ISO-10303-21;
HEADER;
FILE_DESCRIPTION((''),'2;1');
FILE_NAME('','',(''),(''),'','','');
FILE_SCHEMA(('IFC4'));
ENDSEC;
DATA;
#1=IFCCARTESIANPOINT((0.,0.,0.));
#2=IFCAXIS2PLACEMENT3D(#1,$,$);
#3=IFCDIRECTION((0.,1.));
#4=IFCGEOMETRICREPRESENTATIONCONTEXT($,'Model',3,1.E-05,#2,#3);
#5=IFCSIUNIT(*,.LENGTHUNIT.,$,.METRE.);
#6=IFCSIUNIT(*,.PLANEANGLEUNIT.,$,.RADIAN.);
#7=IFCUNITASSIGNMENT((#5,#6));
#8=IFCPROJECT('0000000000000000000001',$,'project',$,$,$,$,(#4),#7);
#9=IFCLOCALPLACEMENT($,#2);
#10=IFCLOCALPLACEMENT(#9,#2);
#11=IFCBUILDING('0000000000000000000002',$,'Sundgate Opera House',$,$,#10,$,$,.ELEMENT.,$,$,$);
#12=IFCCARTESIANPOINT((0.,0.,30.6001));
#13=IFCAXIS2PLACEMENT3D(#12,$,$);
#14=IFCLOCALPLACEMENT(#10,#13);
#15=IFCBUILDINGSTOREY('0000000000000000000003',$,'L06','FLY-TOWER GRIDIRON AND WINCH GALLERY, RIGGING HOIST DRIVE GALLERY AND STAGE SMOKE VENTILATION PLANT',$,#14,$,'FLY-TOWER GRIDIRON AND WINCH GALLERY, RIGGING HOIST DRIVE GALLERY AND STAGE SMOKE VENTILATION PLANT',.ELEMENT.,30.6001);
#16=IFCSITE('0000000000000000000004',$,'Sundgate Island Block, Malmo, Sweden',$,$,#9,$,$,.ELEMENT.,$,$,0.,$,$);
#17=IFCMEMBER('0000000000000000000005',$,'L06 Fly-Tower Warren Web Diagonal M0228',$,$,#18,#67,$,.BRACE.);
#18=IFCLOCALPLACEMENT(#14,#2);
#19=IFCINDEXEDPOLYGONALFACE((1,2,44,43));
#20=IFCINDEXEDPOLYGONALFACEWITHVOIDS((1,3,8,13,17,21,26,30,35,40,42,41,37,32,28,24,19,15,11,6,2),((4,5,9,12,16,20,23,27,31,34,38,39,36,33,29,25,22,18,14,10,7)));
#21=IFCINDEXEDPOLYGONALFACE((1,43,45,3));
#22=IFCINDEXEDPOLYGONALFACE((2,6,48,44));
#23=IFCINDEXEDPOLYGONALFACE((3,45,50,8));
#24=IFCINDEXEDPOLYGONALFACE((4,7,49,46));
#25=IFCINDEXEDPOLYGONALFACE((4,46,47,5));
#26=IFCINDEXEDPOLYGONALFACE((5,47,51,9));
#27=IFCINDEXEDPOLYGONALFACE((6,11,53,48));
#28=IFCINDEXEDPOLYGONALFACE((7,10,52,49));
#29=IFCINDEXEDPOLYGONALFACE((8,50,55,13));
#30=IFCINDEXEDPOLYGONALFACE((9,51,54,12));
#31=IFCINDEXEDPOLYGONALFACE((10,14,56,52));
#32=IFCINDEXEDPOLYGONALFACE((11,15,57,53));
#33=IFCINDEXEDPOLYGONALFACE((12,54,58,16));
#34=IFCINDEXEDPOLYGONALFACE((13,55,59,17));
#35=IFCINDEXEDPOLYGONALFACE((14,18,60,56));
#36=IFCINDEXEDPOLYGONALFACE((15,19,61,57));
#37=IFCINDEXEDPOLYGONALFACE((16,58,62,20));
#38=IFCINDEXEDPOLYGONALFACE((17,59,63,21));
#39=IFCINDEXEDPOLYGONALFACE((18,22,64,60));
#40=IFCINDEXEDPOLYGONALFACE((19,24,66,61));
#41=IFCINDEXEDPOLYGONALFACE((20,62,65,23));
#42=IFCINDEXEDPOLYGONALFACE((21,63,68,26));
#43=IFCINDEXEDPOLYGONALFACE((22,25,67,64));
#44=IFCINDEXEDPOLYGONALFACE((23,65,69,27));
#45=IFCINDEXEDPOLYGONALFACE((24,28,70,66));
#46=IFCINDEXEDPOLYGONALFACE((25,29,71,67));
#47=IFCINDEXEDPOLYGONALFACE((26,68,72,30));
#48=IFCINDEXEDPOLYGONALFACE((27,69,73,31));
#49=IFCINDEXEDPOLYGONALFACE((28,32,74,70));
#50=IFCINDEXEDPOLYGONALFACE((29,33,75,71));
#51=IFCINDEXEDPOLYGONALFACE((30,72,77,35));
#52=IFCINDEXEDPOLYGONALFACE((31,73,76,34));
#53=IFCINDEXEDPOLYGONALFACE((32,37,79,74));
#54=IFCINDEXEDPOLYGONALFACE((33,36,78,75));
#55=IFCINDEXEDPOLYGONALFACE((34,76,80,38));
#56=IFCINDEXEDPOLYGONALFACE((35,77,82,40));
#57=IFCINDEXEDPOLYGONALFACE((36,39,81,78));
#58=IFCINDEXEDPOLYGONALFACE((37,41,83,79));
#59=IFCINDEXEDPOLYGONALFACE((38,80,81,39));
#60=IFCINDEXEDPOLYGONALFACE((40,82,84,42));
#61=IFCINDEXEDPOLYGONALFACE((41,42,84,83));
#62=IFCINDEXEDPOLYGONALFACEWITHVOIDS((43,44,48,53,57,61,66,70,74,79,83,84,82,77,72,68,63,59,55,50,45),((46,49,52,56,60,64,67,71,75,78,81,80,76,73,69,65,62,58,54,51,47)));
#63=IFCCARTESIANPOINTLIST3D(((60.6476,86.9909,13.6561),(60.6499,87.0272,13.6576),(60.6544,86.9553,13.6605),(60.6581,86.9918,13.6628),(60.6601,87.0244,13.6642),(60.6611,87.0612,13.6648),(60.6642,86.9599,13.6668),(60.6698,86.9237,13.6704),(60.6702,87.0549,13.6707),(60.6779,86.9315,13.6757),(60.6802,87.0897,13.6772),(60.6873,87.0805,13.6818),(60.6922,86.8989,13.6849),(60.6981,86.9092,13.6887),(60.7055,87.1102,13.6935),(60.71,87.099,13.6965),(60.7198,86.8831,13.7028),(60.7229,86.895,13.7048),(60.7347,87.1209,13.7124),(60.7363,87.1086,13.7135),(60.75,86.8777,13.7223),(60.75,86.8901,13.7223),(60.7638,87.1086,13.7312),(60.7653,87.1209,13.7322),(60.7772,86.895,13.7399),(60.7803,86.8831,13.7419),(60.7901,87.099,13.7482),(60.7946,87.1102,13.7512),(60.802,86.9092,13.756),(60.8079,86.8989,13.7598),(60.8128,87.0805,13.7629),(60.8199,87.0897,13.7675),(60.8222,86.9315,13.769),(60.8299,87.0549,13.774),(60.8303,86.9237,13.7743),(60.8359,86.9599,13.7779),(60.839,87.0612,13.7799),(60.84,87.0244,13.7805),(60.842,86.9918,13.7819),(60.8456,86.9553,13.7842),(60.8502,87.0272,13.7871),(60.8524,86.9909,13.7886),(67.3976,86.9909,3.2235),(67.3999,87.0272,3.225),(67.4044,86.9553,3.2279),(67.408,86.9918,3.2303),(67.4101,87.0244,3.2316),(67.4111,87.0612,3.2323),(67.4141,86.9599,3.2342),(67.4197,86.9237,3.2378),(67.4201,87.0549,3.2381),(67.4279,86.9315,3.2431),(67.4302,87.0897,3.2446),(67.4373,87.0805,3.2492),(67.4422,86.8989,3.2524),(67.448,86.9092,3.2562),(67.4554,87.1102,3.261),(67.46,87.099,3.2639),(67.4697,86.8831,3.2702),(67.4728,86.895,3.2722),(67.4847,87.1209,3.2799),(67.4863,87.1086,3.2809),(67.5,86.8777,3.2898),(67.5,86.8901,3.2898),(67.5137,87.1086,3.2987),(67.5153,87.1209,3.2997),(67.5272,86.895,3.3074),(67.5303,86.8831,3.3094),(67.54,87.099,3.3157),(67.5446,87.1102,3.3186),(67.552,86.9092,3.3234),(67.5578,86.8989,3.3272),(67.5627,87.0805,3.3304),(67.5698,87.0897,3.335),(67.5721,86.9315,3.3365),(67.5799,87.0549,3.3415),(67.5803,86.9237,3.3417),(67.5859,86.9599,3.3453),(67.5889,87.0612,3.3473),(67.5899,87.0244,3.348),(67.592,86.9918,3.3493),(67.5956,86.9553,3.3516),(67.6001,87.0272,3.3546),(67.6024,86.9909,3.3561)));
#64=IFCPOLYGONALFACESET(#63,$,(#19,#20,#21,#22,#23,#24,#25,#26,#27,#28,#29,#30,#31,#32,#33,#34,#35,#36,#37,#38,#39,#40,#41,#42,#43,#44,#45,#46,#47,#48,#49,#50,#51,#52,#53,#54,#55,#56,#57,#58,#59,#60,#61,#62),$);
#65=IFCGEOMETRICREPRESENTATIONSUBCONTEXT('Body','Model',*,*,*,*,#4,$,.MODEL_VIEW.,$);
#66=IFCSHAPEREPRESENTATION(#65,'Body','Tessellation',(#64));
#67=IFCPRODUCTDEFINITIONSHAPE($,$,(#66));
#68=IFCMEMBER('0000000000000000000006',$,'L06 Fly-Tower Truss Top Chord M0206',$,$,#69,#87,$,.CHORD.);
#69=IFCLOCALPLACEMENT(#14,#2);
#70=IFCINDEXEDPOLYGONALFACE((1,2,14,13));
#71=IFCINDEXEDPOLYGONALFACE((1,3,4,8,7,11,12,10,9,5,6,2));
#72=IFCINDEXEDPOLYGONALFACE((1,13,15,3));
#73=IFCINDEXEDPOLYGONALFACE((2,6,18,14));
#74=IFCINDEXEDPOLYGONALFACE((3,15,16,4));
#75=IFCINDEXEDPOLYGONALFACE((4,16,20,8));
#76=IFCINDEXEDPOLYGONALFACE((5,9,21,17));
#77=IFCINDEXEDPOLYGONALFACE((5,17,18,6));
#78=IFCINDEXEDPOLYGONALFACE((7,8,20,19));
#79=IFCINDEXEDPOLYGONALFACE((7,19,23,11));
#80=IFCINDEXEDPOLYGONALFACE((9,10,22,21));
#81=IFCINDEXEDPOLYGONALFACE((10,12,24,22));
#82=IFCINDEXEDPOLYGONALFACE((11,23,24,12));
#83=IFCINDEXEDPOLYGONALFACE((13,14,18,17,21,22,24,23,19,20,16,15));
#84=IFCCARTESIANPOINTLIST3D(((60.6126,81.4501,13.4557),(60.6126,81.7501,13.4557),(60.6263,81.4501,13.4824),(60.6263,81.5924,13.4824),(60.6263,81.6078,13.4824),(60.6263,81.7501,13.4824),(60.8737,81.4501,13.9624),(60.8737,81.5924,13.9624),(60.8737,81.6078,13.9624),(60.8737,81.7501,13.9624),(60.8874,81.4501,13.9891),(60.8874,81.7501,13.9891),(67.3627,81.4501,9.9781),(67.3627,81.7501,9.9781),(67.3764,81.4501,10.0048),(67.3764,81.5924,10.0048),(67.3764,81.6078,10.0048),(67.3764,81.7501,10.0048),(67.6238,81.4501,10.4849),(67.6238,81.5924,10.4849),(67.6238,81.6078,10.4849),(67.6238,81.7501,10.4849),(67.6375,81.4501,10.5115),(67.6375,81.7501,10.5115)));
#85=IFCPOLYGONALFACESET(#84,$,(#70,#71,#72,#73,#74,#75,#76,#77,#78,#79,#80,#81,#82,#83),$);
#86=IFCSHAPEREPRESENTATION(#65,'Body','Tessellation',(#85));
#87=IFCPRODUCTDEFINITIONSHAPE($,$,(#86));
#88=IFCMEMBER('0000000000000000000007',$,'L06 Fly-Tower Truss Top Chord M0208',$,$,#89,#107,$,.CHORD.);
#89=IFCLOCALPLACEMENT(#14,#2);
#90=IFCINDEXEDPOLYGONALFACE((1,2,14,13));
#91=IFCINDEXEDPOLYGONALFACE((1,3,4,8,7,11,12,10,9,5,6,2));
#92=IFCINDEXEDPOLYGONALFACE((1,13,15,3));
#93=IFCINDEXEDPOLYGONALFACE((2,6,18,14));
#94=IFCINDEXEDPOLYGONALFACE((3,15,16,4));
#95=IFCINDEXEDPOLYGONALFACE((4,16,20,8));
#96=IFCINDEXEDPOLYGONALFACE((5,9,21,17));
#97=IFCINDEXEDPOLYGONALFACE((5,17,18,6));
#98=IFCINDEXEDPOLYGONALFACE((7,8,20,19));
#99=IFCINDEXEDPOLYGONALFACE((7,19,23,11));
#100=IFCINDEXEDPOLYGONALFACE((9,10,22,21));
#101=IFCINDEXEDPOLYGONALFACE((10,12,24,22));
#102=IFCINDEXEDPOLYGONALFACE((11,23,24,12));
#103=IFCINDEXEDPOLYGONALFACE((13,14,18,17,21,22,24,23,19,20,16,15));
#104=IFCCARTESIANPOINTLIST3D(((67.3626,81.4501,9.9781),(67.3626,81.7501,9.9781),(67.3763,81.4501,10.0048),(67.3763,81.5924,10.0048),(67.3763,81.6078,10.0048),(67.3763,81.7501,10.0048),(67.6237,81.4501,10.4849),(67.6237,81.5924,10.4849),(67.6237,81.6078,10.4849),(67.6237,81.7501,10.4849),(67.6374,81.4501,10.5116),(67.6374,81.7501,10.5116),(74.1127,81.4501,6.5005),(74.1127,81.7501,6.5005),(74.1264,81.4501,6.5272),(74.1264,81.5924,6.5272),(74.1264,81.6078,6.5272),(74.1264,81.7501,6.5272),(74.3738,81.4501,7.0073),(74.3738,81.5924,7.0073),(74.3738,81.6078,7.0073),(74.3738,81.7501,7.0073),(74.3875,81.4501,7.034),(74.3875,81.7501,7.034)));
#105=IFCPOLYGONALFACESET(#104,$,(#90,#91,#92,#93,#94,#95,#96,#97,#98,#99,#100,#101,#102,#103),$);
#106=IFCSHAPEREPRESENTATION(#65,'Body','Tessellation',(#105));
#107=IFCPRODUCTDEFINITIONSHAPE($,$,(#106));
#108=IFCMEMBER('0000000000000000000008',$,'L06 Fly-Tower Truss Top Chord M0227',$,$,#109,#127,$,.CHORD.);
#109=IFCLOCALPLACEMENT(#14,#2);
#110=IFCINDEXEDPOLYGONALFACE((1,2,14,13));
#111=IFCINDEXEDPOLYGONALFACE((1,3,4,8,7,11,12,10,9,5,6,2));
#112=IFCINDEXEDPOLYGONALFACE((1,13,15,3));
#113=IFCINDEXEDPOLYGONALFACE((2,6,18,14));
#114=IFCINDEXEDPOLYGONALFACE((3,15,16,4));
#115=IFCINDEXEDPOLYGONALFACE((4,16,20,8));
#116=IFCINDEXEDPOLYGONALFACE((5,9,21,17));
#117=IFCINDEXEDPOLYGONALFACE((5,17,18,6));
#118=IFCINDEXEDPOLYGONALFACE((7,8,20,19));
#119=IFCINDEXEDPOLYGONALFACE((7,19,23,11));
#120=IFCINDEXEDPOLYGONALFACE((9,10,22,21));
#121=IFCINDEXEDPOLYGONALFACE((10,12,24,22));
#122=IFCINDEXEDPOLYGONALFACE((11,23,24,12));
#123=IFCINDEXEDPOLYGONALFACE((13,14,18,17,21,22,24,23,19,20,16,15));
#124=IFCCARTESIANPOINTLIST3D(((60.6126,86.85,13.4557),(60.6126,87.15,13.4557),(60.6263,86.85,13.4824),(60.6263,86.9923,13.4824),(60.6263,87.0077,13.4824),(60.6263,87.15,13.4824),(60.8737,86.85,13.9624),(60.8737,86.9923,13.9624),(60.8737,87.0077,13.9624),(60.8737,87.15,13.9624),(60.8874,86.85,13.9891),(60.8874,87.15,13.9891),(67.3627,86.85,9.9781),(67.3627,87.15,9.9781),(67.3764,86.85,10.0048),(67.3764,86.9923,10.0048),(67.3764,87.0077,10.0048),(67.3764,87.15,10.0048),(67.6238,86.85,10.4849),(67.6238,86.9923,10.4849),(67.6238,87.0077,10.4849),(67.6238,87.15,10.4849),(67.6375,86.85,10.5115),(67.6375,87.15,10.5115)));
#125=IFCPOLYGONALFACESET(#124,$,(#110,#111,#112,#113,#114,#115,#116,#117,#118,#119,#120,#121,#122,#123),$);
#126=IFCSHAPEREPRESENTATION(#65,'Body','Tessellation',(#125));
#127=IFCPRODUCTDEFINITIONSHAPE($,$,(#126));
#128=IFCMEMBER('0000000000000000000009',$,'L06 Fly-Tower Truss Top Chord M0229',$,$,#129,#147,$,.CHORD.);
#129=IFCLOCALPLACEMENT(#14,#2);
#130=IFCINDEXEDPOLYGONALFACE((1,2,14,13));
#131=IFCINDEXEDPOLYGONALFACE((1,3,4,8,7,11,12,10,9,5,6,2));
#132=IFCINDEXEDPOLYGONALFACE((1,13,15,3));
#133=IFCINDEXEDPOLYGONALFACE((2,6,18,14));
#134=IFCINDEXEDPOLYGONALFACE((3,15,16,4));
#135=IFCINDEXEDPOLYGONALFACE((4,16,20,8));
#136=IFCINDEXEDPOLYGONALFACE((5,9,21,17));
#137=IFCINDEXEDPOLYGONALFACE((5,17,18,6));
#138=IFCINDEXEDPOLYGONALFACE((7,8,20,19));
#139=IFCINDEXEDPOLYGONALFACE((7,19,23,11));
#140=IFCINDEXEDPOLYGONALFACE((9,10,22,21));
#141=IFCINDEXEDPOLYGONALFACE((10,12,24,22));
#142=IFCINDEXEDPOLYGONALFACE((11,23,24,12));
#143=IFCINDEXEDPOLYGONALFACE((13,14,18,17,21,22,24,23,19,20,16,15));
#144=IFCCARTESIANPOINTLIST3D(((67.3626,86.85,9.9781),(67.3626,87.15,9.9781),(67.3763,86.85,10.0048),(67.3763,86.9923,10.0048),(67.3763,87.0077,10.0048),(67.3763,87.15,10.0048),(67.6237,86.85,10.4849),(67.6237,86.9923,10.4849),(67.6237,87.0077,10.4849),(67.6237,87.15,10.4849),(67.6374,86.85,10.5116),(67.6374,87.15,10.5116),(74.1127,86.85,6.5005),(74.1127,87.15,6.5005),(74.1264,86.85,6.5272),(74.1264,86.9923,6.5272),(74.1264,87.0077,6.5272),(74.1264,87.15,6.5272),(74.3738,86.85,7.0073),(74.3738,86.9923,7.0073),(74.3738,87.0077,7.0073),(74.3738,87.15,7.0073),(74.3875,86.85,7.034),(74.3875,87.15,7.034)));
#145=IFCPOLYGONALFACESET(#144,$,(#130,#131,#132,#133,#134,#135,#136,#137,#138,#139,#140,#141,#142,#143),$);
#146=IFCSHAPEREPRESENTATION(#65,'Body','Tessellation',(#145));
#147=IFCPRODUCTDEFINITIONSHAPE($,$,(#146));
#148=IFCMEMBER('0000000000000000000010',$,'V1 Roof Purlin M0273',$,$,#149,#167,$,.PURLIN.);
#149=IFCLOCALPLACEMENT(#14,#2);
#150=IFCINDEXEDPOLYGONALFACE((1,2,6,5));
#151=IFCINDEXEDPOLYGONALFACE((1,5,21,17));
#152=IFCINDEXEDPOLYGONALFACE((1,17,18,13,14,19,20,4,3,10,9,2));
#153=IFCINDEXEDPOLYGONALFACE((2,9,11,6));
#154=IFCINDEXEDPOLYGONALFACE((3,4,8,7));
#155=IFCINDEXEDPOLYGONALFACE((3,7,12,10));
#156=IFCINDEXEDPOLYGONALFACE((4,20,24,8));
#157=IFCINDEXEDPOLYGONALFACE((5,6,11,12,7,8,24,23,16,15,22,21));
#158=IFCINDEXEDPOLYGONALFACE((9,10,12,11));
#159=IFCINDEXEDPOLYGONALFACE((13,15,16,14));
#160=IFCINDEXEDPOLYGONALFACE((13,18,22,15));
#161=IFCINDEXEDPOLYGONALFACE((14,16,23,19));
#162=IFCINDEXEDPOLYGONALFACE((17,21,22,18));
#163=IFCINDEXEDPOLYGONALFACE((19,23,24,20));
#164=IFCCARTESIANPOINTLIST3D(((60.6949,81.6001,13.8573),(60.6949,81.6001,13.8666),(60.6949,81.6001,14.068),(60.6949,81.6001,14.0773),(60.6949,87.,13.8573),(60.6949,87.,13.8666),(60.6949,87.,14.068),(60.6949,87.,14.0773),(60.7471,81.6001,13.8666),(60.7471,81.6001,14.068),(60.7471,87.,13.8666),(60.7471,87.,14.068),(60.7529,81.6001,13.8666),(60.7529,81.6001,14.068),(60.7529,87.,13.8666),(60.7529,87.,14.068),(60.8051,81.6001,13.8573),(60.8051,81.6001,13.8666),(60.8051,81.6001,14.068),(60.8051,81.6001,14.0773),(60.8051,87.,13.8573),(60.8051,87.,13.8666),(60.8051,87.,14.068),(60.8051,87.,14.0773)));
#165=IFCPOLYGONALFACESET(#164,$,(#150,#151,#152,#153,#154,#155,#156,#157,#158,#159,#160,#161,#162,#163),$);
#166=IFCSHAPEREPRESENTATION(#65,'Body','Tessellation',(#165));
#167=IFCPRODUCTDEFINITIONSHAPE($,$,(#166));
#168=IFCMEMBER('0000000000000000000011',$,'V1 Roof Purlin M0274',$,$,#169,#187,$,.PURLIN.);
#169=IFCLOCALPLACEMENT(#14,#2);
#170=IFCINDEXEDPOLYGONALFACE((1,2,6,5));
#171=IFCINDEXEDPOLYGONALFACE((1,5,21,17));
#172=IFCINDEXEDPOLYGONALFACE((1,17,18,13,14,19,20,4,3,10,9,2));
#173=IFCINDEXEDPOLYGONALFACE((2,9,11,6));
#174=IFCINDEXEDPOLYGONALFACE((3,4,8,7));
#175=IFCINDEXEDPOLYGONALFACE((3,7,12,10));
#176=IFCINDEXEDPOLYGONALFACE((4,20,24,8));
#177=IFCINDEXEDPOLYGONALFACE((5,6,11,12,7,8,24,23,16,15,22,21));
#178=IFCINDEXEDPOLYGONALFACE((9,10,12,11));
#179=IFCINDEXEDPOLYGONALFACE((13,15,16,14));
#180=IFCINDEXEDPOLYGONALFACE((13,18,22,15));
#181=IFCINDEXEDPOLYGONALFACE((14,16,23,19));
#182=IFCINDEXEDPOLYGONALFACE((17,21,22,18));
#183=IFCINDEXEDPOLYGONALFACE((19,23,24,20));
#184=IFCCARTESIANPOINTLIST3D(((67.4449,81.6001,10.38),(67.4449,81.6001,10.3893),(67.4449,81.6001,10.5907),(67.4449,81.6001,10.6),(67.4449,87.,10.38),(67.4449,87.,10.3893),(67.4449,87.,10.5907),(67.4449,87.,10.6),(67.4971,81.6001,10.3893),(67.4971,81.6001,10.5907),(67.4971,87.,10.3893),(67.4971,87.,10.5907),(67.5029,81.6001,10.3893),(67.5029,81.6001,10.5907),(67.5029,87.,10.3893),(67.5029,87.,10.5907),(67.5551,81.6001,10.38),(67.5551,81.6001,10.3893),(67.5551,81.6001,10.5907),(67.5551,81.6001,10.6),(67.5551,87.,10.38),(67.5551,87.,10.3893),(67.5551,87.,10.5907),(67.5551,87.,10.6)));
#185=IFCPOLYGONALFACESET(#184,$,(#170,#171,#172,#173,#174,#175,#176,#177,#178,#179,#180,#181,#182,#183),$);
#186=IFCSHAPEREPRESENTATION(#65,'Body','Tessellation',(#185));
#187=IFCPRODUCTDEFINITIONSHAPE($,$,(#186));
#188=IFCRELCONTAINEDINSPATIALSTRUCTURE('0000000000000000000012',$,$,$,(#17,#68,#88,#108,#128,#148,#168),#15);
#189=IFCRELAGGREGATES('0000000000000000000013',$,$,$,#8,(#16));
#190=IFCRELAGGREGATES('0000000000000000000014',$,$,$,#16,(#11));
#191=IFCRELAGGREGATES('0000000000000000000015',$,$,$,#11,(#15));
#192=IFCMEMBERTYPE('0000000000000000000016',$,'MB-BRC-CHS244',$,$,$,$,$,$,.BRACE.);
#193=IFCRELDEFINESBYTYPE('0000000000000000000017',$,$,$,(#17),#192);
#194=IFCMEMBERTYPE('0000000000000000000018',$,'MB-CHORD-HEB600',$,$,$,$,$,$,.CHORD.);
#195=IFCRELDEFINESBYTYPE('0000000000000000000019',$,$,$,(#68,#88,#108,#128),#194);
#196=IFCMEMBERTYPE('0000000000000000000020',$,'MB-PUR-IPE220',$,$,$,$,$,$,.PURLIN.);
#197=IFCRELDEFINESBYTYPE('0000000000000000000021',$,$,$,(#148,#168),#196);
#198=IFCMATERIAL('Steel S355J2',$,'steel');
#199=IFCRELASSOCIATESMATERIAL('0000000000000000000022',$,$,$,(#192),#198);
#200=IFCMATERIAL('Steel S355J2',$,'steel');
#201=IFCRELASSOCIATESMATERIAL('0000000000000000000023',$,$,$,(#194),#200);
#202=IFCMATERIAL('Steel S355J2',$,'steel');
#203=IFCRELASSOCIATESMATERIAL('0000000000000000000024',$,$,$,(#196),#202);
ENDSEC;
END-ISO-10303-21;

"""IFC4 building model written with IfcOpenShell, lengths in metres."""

from ifc_helpers import new_model, si_unit, direction, frame, origin, origin_2d, place, context, subcontext, project, spatial, hollow_circle, i_section, extrude, material, material_profile, profile_set, type_object, element, save


model = new_model("IFC4")

# Units and contexts
model_context = context("Model", 3, precision=1e-05, world=origin(), true_north=direction((0.0, 1.0)))
body_context = subcontext(model_context, "Body", "Model", "MODEL_VIEW")
ifc_project = project(units=[si_unit("LENGTHUNIT", "METRE"), si_unit("PLANEANGLEUNIT", "RADIAN")], contexts=[model_context])

# Site, building, storey
site_placement = place(None, origin())
site = spatial("IfcSite", under=ifc_project, at=site_placement, Name="Sundgate Island Block, Malmo, Sweden", CompositionType="ELEMENT", RefElevation=0.0)
building_placement = place(site_placement, origin())
building = spatial("IfcBuilding", under=site, at=building_placement, Name="Sundgate Opera House", CompositionType="ELEMENT")
storey_placement = place(building_placement, frame((0.0, 0.0, 30.6001)))
storey = spatial("IfcBuildingStorey", under=building, at=storey_placement, Name="L06", Description="FLY-TOWER GRIDIRON AND WINCH GALLERY, RIGGING HOIST DRIVE GALLERY AND STAGE SMOKE VENTILATION PLANT", LongName="FLY-TOWER GRIDIRON AND WINCH GALLERY, RIGGING HOIST DRIVE GALLERY AND STAGE SMOKE VENTILATION PLANT", CompositionType="ELEMENT", Elevation=30.6001)

# Members
ifc_material_1 = material(Name="Steel S355J2", Category="steel")
ifc_material_profile_1 = material_profile(ifc_material_1, hollow_circle(Radius=0.1223, WallThickness=0.0125, at=origin_2d()), Name="CHS 244.5x12.5")
ifc_profile_set_1 = profile_set([ifc_material_profile_1], Name="Steel S355J2")
member_type_1 = type_object("IfcMemberType", Name="MB-BRC-CHS244", PredefinedType="BRACE", material=ifc_profile_set_1)
for number, where, z_axis, x_axis, name in (
    (1, (67.5, 87.0, 3.2898), (-0.543222, 0.0, 0.839589), (0.0, -1.0, 0.0), "L06 Fly-Tower Warren Web Diagonal M0228"),
):
    element("IfcMember", number, at=place(storey_placement, frame(where, z_axis=z_axis, x_axis=x_axis)), inside=storey, type_object=member_type_1, Name=name, PredefinedType="BRACE", context=body_context, shape_type="SweptSolid", body=[
        extrude(hollow_circle(Radius=0.1223, WallThickness=0.0125, at=origin_2d()), origin(), (0.0, 0.0, 1.0), 12.4258),
    ])
ifc_material_2 = material(Name="Steel S355J2", Category="steel")
ifc_material_profile_2 = material_profile(ifc_material_2, i_section(OverallWidth=0.3, OverallDepth=0.6001, WebThickness=0.0154, FlangeThickness=0.03, at=origin_2d()), Name="HEB 600")
ifc_profile_set_2 = profile_set([ifc_material_profile_2], Name="Steel S355J2")
member_type_2 = type_object("IfcMemberType", Name="MB-CHORD-HEB600", PredefinedType="CHORD", material=ifc_profile_set_2)
for number, where, z_axis, x_axis, name in (
    (2, (60.75, 81.6001, 13.7224), (0.88896, 0.0, -0.457984), (0.0, 1.0, 0.0), "L06 Fly-Tower Truss Top Chord M0206"),
    (3, (67.5, 81.6001, 10.2449), (0.88896, 0.0, -0.457984), (0.0, 1.0, 0.0), "L06 Fly-Tower Truss Top Chord M0208"),
    (4, (60.75, 87.0, 13.7224), (0.88896, 0.0, -0.457984), (0.0, 1.0, 0.0), "L06 Fly-Tower Truss Top Chord M0227"),
    (5, (67.5, 87.0, 10.2449), (0.88896, 0.0, -0.457984), (0.0, 1.0, 0.0), "L06 Fly-Tower Truss Top Chord M0229"),
):
    element("IfcMember", number, at=place(storey_placement, frame(where, z_axis=z_axis, x_axis=x_axis)), inside=storey, type_object=member_type_2, Name=name, PredefinedType="CHORD", context=body_context, shape_type="SweptSolid", body=[
        extrude(i_section(OverallWidth=0.3, OverallDepth=0.6001, WebThickness=0.0154, FlangeThickness=0.03, at=origin_2d()), origin(), (0.0, 0.0, 1.0), 7.5933),
    ])
ifc_material_3 = material(Name="Steel S355J2", Category="steel")
ifc_material_profile_3 = material_profile(ifc_material_3, i_section(OverallWidth=0.1101, OverallDepth=0.22, WebThickness=0.0059, FlangeThickness=0.0093, at=origin_2d()), Name="IPE 220")
ifc_profile_set_3 = profile_set([ifc_material_profile_3], Name="Steel S355J2")
member_type_3 = type_object("IfcMemberType", Name="MB-PUR-IPE220", PredefinedType="PURLIN", material=ifc_profile_set_3)
for number, where, z_axis, x_axis, name in (
    (6, (60.75, 81.6001, 13.9673), (0.0, 1.0, 0.0), (-1.0, 0.0, 0.0), "V1 Roof Purlin M0273"),
    (7, (67.5, 81.6001, 10.49), (0.0, 1.0, 0.0), (-1.0, 0.0, 0.0), "V1 Roof Purlin M0274"),
):
    element("IfcMember", number, at=place(storey_placement, frame(where, z_axis=z_axis, x_axis=x_axis)), inside=storey, type_object=member_type_3, Name=name, PredefinedType="PURLIN", context=body_context, shape_type="SweptSolid", body=[
        extrude(i_section(OverallWidth=0.1101, OverallDepth=0.22, WebThickness=0.0059, FlangeThickness=0.0093, at=origin_2d()), origin(), (0.0, 0.0, 1.0), 5.3999),
    ])

save(model, "model.ifc")
